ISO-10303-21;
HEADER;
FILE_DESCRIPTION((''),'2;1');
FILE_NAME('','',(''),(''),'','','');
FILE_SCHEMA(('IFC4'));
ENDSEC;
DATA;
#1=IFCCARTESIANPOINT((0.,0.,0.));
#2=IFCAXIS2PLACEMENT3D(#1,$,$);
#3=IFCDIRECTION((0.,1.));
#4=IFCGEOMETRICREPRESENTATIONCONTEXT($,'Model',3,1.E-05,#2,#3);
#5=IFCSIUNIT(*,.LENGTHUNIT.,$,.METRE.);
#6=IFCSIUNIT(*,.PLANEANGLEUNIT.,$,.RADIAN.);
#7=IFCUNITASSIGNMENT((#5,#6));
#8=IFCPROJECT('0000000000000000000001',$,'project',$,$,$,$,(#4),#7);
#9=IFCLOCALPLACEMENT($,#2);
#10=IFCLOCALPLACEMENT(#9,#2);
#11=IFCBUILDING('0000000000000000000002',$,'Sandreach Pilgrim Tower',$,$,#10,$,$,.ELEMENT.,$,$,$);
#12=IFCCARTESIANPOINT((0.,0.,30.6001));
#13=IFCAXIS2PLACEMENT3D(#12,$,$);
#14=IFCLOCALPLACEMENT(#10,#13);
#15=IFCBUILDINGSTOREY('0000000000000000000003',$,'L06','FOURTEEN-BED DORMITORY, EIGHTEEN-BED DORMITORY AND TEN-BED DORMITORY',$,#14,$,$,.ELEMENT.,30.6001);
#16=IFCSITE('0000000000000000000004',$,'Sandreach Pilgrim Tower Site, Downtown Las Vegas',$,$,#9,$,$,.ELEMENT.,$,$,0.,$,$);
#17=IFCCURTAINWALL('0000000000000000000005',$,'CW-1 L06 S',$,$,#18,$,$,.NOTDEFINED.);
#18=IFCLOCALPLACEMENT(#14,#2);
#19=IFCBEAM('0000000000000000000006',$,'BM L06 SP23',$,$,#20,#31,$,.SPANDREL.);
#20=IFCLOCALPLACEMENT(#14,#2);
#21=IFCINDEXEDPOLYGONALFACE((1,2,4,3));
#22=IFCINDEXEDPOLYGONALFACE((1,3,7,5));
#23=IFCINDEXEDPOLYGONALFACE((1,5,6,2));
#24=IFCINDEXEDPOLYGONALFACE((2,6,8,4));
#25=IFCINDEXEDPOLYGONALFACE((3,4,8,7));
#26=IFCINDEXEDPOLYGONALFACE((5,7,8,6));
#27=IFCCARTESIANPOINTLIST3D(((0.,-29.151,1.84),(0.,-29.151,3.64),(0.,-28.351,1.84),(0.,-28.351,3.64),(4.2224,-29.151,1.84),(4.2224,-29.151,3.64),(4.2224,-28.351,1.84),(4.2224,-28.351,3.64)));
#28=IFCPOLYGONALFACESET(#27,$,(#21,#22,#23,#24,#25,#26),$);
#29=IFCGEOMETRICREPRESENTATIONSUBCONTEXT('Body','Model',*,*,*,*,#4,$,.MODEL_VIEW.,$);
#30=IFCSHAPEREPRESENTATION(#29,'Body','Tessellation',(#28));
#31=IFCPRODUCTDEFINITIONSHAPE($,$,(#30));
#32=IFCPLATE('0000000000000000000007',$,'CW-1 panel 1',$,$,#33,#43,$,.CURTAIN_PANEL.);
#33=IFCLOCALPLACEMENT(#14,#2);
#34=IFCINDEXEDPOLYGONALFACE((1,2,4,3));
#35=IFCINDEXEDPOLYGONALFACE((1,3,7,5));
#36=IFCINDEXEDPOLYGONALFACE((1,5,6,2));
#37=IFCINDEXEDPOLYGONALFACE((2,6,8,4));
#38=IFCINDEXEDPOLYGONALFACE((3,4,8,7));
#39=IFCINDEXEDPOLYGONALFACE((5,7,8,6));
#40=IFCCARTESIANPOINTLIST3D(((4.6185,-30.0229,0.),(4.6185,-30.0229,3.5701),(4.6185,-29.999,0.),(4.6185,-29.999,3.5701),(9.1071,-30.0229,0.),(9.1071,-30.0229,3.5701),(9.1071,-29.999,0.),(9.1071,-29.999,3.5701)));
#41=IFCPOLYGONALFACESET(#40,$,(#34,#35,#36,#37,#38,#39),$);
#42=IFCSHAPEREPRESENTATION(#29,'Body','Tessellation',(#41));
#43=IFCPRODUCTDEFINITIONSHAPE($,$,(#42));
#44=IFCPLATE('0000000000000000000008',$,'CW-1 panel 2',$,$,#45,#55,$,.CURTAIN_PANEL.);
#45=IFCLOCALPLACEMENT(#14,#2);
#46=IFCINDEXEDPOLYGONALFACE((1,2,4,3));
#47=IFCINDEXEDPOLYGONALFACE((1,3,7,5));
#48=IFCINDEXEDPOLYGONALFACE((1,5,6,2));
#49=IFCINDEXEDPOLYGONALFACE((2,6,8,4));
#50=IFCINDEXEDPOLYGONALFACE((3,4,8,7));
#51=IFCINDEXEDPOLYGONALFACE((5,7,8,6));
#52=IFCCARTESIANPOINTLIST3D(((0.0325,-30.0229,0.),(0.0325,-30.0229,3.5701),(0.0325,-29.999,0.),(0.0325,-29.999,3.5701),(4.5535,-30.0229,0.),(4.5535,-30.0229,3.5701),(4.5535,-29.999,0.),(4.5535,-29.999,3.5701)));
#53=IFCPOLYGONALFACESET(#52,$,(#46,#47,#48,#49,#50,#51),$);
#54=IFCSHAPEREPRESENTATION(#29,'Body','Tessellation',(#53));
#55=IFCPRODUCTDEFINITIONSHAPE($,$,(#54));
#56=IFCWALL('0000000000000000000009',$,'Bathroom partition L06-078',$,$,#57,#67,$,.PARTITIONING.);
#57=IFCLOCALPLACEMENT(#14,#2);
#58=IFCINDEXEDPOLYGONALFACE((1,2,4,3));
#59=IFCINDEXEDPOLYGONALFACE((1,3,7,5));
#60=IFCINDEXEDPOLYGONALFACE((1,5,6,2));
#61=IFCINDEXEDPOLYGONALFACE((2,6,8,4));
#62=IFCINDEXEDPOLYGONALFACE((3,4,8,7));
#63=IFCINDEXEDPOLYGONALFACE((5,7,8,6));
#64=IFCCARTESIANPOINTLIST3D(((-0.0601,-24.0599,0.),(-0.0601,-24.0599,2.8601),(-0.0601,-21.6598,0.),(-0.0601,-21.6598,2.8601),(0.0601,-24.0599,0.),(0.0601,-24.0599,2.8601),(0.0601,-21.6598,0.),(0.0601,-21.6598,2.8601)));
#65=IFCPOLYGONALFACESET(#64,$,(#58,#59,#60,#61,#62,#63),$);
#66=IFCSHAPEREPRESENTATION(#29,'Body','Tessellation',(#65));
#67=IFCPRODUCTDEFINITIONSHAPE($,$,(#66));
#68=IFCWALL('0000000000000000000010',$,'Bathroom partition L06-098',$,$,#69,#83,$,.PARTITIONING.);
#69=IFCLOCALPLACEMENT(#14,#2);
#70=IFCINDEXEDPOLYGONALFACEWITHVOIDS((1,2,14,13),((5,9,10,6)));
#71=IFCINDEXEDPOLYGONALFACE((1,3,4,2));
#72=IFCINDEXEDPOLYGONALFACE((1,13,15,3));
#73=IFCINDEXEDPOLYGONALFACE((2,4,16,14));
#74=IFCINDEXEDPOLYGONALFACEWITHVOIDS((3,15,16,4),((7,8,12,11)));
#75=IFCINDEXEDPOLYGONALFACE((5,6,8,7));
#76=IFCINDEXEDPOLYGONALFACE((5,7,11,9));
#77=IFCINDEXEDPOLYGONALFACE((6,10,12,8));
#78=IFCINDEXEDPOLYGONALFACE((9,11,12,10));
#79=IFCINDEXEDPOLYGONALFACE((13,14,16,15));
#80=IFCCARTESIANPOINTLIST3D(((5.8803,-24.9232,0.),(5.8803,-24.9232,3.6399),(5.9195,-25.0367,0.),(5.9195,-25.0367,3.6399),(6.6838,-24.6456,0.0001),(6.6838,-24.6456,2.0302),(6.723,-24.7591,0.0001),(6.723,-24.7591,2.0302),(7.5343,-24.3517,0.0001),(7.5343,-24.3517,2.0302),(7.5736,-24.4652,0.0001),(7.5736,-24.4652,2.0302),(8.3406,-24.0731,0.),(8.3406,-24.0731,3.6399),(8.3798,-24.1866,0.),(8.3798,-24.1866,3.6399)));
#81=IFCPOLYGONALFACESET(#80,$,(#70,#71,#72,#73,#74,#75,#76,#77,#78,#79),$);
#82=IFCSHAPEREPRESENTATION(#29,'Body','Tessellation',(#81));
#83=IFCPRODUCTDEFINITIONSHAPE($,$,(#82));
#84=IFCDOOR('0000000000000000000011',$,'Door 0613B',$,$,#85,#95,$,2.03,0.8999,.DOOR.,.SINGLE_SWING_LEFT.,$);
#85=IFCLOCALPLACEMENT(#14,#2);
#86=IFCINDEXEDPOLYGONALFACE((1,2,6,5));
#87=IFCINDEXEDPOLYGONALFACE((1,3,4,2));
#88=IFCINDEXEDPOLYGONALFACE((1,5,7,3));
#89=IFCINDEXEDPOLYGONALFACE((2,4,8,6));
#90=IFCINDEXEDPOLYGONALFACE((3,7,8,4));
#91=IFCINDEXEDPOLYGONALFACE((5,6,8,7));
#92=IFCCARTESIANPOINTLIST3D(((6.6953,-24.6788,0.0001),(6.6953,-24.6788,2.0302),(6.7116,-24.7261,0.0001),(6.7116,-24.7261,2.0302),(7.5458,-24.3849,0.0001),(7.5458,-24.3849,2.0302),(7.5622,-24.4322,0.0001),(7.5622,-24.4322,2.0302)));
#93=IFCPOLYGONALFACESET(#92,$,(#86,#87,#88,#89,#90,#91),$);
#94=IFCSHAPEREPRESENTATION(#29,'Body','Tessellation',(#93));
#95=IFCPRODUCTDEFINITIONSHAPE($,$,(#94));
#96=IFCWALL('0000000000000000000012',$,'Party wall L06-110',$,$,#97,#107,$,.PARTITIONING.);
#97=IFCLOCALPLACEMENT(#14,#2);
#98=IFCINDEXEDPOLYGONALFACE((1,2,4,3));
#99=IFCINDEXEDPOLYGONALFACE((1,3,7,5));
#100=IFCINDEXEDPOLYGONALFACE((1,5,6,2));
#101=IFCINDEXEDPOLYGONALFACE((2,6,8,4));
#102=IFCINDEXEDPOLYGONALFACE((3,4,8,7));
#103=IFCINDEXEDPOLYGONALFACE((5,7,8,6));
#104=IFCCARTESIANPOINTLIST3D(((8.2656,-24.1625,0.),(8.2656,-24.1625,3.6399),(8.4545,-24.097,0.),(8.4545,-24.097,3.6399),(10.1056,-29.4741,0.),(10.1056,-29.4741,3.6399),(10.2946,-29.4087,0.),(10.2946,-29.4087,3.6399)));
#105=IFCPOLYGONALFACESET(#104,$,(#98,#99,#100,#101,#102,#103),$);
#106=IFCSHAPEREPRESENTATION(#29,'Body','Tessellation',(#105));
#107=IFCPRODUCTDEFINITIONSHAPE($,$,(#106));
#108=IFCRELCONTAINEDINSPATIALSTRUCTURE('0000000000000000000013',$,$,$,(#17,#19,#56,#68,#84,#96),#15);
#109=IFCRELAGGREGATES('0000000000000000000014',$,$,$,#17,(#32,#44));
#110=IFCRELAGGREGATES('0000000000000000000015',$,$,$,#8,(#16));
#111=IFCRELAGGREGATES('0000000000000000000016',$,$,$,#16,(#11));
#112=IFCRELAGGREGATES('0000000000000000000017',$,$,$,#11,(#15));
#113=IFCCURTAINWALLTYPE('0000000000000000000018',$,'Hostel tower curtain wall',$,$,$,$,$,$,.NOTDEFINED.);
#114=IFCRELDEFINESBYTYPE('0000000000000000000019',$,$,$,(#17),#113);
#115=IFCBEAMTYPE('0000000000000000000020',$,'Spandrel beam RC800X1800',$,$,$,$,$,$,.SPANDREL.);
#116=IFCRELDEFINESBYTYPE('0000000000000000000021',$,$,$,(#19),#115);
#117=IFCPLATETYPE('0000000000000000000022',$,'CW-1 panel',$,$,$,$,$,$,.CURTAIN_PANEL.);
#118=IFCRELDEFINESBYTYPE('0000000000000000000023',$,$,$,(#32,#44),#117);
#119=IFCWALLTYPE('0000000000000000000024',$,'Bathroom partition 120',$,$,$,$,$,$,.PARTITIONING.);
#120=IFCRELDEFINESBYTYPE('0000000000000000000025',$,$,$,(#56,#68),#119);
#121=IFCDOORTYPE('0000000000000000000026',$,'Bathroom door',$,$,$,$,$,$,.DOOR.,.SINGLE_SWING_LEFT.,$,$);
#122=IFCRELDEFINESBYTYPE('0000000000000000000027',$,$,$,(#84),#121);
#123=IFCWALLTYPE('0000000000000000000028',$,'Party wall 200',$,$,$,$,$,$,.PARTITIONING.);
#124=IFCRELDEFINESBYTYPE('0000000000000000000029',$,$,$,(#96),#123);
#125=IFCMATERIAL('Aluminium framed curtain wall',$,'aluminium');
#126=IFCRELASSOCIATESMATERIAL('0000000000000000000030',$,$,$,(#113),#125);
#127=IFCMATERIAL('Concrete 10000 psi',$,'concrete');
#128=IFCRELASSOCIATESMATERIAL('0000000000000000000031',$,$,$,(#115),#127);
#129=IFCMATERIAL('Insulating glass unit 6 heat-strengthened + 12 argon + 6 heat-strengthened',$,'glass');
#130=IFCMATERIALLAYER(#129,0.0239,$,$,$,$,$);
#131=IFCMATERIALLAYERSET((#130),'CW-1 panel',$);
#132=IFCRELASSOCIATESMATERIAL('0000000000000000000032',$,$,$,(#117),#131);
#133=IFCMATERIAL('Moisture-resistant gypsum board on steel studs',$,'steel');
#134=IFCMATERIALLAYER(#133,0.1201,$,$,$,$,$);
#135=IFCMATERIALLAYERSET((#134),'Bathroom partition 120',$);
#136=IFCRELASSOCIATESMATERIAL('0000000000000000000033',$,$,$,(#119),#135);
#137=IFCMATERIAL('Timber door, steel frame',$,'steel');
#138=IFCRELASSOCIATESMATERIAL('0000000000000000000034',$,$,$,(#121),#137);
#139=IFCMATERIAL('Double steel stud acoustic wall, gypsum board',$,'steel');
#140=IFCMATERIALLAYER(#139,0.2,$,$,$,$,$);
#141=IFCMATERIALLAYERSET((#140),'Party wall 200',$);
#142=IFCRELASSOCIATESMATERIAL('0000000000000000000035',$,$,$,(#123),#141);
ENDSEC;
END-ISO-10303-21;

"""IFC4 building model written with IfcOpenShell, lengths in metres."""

from ifc_helpers import new_model, si_unit, direction, frame, frame_2d, origin, origin_2d, place, context, subcontext, project, spatial, rectangle, extrude, material, layer, layer_set, material_profile, profile_set, type_object, element, fill, aggregate, save


model = new_model("IFC4")

# Units and contexts
model_context = context("Model", 3, precision=1e-05, world=origin(), true_north=direction((0.0, 1.0)))
body_context = subcontext(model_context, "Body", "Model", "MODEL_VIEW")
ifc_project = project(units=[si_unit("LENGTHUNIT", "METRE"), si_unit("PLANEANGLEUNIT", "RADIAN")], contexts=[model_context])

# Site, building, storey
site_placement = place(None, origin())
site = spatial("IfcSite", under=ifc_project, at=site_placement, Name="Sandreach Pilgrim Tower Site, Downtown Las Vegas", CompositionType="ELEMENT", RefElevation=0.0)
building_placement = place(site_placement, origin())
building = spatial("IfcBuilding", under=site, at=building_placement, Name="Sandreach Pilgrim Tower", CompositionType="ELEMENT")
storey_placement = place(building_placement, frame((0.0, 0.0, 30.6001)))
storey = spatial("IfcBuildingStorey", under=building, at=storey_placement, Name="L06", Description="FOURTEEN-BED DORMITORY, EIGHTEEN-BED DORMITORY AND TEN-BED DORMITORY", CompositionType="ELEMENT", Elevation=30.6001)

# Curtain wall
ifc_material_1 = material(Name="Aluminium framed curtain wall", Category="aluminium")
curtain_wall_type = type_object("IfcCurtainWallType", Name="Hostel tower curtain wall", PredefinedType="NOTDEFINED", material=ifc_material_1)
curtain_wall_placement = place(storey_placement, origin())
curtain_wall = element("IfcCurtainWall", 1, at=curtain_wall_placement, inside=storey, type_object=curtain_wall_type, Name="CW-1 L06 S", PredefinedType="NOTDEFINED")

# Beam
ifc_material_2 = material(Name="Concrete 10000 psi", Category="concrete")
ifc_material_profile_1 = material_profile(ifc_material_2, rectangle(XDim=0.8, YDim=1.8, at=origin_2d()), Name="RC800X1800")
ifc_profile_set_1 = profile_set([ifc_material_profile_1], Name="Concrete 10000 psi")
beam_type_1 = type_object("IfcBeamType", Name="Spandrel beam RC800X1800", PredefinedType="SPANDREL", material=ifc_profile_set_1)
beam_1_placement = place(storey_placement, frame((4.2224, -28.751, 2.74), z_axis=(-1.0, 0.0, 0.0), x_axis=(0.0, -1.0, 0.0)))
element("IfcBeam", 2, at=beam_1_placement, inside=storey, type_object=beam_type_1, Name="BM L06 SP23", PredefinedType="SPANDREL", context=body_context, shape_type="SweptSolid", body=[
    extrude(rectangle(XDim=0.8, YDim=1.8, at=origin_2d()), origin(), (0.0, 0.0, 1.0), 4.2224),
])

# Plates
ifc_material_3 = material(Name="Insulating glass unit 6 heat-strengthened + 12 argon + 6 heat-strengthened", Category="glass")
ifc_layer_1 = layer(ifc_material_3, 0.0239)
ifc_layer_set_1 = layer_set([ifc_layer_1], Name="CW-1 panel")
plate_type = type_object("IfcPlateType", Name="CW-1 panel", PredefinedType="CURTAIN_PANEL", material=ifc_layer_set_1)
plate_1_placement = place(storey_placement, frame((6.8628, -30.011, 0.0), z_axis=(0.0, 0.0, 1.0), x_axis=(-1.0, 0.0, 0.0)))
plate_1 = element("IfcPlate", 3, at=plate_1_placement, type_object=plate_type, Name="CW-1 panel 1", PredefinedType="CURTAIN_PANEL", context=body_context, shape_type="SweptSolid", body=[
    extrude(rectangle(XDim=4.4885, YDim=0.0239, at=origin_2d()), origin(), (0.0, 0.0, 1.0), 3.5701),
])
plate_2_placement = place(storey_placement, frame((2.293, -30.011, 0.0), z_axis=(0.0, 0.0, 1.0), x_axis=(-1.0, 0.0, 0.0)))
plate_2 = element("IfcPlate", 4, at=plate_2_placement, type_object=plate_type, Name="CW-1 panel 2", PredefinedType="CURTAIN_PANEL", context=body_context, shape_type="SweptSolid", body=[
    extrude(rectangle(XDim=4.521, YDim=0.0239, at=origin_2d()), origin(), (0.0, 0.0, 1.0), 3.5701),
])
aggregate(curtain_wall, [plate_1, plate_2])

# Wall
ifc_material_4 = material(Name="Moisture-resistant gypsum board on steel studs", Category="steel")
ifc_layer_2 = layer(ifc_material_4, 0.1201)
ifc_layer_set_2 = layer_set([ifc_layer_2], Name="Bathroom partition 120")
wall_type_1 = type_object("IfcWallType", Name="Bathroom partition 120", PredefinedType="PARTITIONING", material=ifc_layer_set_2)
wall_1_placement = place(storey_placement, frame((0.0, -24.0601, 0.0), z_axis=(0.0, 0.0, 1.0), x_axis=(0.0, 1.0, 0.0)))
element("IfcWall", 5, at=wall_1_placement, inside=storey, type_object=wall_type_1, Name="Bathroom partition L06-078", PredefinedType="PARTITIONING", context=body_context, shape_type="SweptSolid", body=[
    extrude(rectangle(XDim=2.4001, YDim=0.1201, at=frame_2d((1.2002, 0.0))), origin(), (0.0, 0.0, 1.0), 2.8601),
])

# Wall, opening, door
wall_2_placement = place(storey_placement, frame((5.8999, -24.98, 0.0), z_axis=(0.0, 0.0, 1.0), x_axis=(0.945165, 0.326592, 0.0)))
wall_2 = element("IfcWall", 6, at=wall_2_placement, inside=storey, type_object=wall_type_1, Name="Bathroom partition L06-098", PredefinedType="PARTITIONING", context=body_context, shape_type="SweptSolid", body=[
    extrude(rectangle(XDim=2.603, YDim=0.1201, at=frame_2d((1.3015, 0.0))), origin(), (0.0, 0.0, 1.0), 3.6399),
])
opening_placement = place(wall_2_placement, frame((0.8501, 0.0, 0.0)))
opening = element("IfcOpeningElement", 7, at=opening_placement, cuts=wall_2, PredefinedType="OPENING", context=body_context, shape_type="SweptSolid", body=[
    extrude(rectangle(XDim=0.8999, YDim=2.03, at=frame_2d((0.45, 1.0151))), frame((0.0, 0.0601, 0.0), z_axis=(0.0, -1.0, 0.0), x_axis=(1.0, 0.0, 0.0)), (0.0, 0.0, 1.0), 0.1201),
])
ifc_material_5 = material(Name="Timber door, steel frame", Category="steel")
door_type = type_object("IfcDoorType", Name="Bathroom door", OperationType="SINGLE_SWING_LEFT", PredefinedType="DOOR", material=ifc_material_5)
door_placement = place(opening_placement, origin())
door = element("IfcDoor", 8, at=door_placement, inside=storey, type_object=door_type, Name="Door 0613B", OperationType="SINGLE_SWING_LEFT", OverallHeight=2.03, OverallWidth=0.8999, PredefinedType="DOOR", context=body_context, shape_type="SweptSolid", body=[
    extrude(rectangle(XDim=0.8999, YDim=2.03, at=frame_2d((0.45, 1.0151))), frame((0.0, 0.0249, 0.0), z_axis=(0.0, -1.0, 0.0), x_axis=(1.0, 0.0, 0.0)), (0.0, 0.0, 1.0), 0.05),
])
fill(opening, door)

# Wall
ifc_material_6 = material(Name="Double steel stud acoustic wall, gypsum board", Category="steel")
ifc_layer_3 = layer(ifc_material_6, 0.2)
ifc_layer_set_3 = layer_set([ifc_layer_3], Name="Party wall 200")
wall_type_2 = type_object("IfcWallType", Name="Party wall 200", PredefinedType="PARTITIONING", material=ifc_layer_set_3)
wall_3_placement = place(storey_placement, frame((8.3601, -24.1299, 0.0), z_axis=(0.0, 0.0, 1.0), x_axis=(0.327333, -0.944909, 0.0)))
element("IfcWall", 9, at=wall_3_placement, inside=storey, type_object=wall_type_2, Name="Party wall L06-110", PredefinedType="PARTITIONING", context=body_context, shape_type="SweptSolid", body=[
    extrude(rectangle(XDim=5.6213, YDim=0.2, at=frame_2d((2.8105, 0.0))), origin(), (0.0, 0.0, 1.0), 3.6399),
])

save(model, "model.ifc")
